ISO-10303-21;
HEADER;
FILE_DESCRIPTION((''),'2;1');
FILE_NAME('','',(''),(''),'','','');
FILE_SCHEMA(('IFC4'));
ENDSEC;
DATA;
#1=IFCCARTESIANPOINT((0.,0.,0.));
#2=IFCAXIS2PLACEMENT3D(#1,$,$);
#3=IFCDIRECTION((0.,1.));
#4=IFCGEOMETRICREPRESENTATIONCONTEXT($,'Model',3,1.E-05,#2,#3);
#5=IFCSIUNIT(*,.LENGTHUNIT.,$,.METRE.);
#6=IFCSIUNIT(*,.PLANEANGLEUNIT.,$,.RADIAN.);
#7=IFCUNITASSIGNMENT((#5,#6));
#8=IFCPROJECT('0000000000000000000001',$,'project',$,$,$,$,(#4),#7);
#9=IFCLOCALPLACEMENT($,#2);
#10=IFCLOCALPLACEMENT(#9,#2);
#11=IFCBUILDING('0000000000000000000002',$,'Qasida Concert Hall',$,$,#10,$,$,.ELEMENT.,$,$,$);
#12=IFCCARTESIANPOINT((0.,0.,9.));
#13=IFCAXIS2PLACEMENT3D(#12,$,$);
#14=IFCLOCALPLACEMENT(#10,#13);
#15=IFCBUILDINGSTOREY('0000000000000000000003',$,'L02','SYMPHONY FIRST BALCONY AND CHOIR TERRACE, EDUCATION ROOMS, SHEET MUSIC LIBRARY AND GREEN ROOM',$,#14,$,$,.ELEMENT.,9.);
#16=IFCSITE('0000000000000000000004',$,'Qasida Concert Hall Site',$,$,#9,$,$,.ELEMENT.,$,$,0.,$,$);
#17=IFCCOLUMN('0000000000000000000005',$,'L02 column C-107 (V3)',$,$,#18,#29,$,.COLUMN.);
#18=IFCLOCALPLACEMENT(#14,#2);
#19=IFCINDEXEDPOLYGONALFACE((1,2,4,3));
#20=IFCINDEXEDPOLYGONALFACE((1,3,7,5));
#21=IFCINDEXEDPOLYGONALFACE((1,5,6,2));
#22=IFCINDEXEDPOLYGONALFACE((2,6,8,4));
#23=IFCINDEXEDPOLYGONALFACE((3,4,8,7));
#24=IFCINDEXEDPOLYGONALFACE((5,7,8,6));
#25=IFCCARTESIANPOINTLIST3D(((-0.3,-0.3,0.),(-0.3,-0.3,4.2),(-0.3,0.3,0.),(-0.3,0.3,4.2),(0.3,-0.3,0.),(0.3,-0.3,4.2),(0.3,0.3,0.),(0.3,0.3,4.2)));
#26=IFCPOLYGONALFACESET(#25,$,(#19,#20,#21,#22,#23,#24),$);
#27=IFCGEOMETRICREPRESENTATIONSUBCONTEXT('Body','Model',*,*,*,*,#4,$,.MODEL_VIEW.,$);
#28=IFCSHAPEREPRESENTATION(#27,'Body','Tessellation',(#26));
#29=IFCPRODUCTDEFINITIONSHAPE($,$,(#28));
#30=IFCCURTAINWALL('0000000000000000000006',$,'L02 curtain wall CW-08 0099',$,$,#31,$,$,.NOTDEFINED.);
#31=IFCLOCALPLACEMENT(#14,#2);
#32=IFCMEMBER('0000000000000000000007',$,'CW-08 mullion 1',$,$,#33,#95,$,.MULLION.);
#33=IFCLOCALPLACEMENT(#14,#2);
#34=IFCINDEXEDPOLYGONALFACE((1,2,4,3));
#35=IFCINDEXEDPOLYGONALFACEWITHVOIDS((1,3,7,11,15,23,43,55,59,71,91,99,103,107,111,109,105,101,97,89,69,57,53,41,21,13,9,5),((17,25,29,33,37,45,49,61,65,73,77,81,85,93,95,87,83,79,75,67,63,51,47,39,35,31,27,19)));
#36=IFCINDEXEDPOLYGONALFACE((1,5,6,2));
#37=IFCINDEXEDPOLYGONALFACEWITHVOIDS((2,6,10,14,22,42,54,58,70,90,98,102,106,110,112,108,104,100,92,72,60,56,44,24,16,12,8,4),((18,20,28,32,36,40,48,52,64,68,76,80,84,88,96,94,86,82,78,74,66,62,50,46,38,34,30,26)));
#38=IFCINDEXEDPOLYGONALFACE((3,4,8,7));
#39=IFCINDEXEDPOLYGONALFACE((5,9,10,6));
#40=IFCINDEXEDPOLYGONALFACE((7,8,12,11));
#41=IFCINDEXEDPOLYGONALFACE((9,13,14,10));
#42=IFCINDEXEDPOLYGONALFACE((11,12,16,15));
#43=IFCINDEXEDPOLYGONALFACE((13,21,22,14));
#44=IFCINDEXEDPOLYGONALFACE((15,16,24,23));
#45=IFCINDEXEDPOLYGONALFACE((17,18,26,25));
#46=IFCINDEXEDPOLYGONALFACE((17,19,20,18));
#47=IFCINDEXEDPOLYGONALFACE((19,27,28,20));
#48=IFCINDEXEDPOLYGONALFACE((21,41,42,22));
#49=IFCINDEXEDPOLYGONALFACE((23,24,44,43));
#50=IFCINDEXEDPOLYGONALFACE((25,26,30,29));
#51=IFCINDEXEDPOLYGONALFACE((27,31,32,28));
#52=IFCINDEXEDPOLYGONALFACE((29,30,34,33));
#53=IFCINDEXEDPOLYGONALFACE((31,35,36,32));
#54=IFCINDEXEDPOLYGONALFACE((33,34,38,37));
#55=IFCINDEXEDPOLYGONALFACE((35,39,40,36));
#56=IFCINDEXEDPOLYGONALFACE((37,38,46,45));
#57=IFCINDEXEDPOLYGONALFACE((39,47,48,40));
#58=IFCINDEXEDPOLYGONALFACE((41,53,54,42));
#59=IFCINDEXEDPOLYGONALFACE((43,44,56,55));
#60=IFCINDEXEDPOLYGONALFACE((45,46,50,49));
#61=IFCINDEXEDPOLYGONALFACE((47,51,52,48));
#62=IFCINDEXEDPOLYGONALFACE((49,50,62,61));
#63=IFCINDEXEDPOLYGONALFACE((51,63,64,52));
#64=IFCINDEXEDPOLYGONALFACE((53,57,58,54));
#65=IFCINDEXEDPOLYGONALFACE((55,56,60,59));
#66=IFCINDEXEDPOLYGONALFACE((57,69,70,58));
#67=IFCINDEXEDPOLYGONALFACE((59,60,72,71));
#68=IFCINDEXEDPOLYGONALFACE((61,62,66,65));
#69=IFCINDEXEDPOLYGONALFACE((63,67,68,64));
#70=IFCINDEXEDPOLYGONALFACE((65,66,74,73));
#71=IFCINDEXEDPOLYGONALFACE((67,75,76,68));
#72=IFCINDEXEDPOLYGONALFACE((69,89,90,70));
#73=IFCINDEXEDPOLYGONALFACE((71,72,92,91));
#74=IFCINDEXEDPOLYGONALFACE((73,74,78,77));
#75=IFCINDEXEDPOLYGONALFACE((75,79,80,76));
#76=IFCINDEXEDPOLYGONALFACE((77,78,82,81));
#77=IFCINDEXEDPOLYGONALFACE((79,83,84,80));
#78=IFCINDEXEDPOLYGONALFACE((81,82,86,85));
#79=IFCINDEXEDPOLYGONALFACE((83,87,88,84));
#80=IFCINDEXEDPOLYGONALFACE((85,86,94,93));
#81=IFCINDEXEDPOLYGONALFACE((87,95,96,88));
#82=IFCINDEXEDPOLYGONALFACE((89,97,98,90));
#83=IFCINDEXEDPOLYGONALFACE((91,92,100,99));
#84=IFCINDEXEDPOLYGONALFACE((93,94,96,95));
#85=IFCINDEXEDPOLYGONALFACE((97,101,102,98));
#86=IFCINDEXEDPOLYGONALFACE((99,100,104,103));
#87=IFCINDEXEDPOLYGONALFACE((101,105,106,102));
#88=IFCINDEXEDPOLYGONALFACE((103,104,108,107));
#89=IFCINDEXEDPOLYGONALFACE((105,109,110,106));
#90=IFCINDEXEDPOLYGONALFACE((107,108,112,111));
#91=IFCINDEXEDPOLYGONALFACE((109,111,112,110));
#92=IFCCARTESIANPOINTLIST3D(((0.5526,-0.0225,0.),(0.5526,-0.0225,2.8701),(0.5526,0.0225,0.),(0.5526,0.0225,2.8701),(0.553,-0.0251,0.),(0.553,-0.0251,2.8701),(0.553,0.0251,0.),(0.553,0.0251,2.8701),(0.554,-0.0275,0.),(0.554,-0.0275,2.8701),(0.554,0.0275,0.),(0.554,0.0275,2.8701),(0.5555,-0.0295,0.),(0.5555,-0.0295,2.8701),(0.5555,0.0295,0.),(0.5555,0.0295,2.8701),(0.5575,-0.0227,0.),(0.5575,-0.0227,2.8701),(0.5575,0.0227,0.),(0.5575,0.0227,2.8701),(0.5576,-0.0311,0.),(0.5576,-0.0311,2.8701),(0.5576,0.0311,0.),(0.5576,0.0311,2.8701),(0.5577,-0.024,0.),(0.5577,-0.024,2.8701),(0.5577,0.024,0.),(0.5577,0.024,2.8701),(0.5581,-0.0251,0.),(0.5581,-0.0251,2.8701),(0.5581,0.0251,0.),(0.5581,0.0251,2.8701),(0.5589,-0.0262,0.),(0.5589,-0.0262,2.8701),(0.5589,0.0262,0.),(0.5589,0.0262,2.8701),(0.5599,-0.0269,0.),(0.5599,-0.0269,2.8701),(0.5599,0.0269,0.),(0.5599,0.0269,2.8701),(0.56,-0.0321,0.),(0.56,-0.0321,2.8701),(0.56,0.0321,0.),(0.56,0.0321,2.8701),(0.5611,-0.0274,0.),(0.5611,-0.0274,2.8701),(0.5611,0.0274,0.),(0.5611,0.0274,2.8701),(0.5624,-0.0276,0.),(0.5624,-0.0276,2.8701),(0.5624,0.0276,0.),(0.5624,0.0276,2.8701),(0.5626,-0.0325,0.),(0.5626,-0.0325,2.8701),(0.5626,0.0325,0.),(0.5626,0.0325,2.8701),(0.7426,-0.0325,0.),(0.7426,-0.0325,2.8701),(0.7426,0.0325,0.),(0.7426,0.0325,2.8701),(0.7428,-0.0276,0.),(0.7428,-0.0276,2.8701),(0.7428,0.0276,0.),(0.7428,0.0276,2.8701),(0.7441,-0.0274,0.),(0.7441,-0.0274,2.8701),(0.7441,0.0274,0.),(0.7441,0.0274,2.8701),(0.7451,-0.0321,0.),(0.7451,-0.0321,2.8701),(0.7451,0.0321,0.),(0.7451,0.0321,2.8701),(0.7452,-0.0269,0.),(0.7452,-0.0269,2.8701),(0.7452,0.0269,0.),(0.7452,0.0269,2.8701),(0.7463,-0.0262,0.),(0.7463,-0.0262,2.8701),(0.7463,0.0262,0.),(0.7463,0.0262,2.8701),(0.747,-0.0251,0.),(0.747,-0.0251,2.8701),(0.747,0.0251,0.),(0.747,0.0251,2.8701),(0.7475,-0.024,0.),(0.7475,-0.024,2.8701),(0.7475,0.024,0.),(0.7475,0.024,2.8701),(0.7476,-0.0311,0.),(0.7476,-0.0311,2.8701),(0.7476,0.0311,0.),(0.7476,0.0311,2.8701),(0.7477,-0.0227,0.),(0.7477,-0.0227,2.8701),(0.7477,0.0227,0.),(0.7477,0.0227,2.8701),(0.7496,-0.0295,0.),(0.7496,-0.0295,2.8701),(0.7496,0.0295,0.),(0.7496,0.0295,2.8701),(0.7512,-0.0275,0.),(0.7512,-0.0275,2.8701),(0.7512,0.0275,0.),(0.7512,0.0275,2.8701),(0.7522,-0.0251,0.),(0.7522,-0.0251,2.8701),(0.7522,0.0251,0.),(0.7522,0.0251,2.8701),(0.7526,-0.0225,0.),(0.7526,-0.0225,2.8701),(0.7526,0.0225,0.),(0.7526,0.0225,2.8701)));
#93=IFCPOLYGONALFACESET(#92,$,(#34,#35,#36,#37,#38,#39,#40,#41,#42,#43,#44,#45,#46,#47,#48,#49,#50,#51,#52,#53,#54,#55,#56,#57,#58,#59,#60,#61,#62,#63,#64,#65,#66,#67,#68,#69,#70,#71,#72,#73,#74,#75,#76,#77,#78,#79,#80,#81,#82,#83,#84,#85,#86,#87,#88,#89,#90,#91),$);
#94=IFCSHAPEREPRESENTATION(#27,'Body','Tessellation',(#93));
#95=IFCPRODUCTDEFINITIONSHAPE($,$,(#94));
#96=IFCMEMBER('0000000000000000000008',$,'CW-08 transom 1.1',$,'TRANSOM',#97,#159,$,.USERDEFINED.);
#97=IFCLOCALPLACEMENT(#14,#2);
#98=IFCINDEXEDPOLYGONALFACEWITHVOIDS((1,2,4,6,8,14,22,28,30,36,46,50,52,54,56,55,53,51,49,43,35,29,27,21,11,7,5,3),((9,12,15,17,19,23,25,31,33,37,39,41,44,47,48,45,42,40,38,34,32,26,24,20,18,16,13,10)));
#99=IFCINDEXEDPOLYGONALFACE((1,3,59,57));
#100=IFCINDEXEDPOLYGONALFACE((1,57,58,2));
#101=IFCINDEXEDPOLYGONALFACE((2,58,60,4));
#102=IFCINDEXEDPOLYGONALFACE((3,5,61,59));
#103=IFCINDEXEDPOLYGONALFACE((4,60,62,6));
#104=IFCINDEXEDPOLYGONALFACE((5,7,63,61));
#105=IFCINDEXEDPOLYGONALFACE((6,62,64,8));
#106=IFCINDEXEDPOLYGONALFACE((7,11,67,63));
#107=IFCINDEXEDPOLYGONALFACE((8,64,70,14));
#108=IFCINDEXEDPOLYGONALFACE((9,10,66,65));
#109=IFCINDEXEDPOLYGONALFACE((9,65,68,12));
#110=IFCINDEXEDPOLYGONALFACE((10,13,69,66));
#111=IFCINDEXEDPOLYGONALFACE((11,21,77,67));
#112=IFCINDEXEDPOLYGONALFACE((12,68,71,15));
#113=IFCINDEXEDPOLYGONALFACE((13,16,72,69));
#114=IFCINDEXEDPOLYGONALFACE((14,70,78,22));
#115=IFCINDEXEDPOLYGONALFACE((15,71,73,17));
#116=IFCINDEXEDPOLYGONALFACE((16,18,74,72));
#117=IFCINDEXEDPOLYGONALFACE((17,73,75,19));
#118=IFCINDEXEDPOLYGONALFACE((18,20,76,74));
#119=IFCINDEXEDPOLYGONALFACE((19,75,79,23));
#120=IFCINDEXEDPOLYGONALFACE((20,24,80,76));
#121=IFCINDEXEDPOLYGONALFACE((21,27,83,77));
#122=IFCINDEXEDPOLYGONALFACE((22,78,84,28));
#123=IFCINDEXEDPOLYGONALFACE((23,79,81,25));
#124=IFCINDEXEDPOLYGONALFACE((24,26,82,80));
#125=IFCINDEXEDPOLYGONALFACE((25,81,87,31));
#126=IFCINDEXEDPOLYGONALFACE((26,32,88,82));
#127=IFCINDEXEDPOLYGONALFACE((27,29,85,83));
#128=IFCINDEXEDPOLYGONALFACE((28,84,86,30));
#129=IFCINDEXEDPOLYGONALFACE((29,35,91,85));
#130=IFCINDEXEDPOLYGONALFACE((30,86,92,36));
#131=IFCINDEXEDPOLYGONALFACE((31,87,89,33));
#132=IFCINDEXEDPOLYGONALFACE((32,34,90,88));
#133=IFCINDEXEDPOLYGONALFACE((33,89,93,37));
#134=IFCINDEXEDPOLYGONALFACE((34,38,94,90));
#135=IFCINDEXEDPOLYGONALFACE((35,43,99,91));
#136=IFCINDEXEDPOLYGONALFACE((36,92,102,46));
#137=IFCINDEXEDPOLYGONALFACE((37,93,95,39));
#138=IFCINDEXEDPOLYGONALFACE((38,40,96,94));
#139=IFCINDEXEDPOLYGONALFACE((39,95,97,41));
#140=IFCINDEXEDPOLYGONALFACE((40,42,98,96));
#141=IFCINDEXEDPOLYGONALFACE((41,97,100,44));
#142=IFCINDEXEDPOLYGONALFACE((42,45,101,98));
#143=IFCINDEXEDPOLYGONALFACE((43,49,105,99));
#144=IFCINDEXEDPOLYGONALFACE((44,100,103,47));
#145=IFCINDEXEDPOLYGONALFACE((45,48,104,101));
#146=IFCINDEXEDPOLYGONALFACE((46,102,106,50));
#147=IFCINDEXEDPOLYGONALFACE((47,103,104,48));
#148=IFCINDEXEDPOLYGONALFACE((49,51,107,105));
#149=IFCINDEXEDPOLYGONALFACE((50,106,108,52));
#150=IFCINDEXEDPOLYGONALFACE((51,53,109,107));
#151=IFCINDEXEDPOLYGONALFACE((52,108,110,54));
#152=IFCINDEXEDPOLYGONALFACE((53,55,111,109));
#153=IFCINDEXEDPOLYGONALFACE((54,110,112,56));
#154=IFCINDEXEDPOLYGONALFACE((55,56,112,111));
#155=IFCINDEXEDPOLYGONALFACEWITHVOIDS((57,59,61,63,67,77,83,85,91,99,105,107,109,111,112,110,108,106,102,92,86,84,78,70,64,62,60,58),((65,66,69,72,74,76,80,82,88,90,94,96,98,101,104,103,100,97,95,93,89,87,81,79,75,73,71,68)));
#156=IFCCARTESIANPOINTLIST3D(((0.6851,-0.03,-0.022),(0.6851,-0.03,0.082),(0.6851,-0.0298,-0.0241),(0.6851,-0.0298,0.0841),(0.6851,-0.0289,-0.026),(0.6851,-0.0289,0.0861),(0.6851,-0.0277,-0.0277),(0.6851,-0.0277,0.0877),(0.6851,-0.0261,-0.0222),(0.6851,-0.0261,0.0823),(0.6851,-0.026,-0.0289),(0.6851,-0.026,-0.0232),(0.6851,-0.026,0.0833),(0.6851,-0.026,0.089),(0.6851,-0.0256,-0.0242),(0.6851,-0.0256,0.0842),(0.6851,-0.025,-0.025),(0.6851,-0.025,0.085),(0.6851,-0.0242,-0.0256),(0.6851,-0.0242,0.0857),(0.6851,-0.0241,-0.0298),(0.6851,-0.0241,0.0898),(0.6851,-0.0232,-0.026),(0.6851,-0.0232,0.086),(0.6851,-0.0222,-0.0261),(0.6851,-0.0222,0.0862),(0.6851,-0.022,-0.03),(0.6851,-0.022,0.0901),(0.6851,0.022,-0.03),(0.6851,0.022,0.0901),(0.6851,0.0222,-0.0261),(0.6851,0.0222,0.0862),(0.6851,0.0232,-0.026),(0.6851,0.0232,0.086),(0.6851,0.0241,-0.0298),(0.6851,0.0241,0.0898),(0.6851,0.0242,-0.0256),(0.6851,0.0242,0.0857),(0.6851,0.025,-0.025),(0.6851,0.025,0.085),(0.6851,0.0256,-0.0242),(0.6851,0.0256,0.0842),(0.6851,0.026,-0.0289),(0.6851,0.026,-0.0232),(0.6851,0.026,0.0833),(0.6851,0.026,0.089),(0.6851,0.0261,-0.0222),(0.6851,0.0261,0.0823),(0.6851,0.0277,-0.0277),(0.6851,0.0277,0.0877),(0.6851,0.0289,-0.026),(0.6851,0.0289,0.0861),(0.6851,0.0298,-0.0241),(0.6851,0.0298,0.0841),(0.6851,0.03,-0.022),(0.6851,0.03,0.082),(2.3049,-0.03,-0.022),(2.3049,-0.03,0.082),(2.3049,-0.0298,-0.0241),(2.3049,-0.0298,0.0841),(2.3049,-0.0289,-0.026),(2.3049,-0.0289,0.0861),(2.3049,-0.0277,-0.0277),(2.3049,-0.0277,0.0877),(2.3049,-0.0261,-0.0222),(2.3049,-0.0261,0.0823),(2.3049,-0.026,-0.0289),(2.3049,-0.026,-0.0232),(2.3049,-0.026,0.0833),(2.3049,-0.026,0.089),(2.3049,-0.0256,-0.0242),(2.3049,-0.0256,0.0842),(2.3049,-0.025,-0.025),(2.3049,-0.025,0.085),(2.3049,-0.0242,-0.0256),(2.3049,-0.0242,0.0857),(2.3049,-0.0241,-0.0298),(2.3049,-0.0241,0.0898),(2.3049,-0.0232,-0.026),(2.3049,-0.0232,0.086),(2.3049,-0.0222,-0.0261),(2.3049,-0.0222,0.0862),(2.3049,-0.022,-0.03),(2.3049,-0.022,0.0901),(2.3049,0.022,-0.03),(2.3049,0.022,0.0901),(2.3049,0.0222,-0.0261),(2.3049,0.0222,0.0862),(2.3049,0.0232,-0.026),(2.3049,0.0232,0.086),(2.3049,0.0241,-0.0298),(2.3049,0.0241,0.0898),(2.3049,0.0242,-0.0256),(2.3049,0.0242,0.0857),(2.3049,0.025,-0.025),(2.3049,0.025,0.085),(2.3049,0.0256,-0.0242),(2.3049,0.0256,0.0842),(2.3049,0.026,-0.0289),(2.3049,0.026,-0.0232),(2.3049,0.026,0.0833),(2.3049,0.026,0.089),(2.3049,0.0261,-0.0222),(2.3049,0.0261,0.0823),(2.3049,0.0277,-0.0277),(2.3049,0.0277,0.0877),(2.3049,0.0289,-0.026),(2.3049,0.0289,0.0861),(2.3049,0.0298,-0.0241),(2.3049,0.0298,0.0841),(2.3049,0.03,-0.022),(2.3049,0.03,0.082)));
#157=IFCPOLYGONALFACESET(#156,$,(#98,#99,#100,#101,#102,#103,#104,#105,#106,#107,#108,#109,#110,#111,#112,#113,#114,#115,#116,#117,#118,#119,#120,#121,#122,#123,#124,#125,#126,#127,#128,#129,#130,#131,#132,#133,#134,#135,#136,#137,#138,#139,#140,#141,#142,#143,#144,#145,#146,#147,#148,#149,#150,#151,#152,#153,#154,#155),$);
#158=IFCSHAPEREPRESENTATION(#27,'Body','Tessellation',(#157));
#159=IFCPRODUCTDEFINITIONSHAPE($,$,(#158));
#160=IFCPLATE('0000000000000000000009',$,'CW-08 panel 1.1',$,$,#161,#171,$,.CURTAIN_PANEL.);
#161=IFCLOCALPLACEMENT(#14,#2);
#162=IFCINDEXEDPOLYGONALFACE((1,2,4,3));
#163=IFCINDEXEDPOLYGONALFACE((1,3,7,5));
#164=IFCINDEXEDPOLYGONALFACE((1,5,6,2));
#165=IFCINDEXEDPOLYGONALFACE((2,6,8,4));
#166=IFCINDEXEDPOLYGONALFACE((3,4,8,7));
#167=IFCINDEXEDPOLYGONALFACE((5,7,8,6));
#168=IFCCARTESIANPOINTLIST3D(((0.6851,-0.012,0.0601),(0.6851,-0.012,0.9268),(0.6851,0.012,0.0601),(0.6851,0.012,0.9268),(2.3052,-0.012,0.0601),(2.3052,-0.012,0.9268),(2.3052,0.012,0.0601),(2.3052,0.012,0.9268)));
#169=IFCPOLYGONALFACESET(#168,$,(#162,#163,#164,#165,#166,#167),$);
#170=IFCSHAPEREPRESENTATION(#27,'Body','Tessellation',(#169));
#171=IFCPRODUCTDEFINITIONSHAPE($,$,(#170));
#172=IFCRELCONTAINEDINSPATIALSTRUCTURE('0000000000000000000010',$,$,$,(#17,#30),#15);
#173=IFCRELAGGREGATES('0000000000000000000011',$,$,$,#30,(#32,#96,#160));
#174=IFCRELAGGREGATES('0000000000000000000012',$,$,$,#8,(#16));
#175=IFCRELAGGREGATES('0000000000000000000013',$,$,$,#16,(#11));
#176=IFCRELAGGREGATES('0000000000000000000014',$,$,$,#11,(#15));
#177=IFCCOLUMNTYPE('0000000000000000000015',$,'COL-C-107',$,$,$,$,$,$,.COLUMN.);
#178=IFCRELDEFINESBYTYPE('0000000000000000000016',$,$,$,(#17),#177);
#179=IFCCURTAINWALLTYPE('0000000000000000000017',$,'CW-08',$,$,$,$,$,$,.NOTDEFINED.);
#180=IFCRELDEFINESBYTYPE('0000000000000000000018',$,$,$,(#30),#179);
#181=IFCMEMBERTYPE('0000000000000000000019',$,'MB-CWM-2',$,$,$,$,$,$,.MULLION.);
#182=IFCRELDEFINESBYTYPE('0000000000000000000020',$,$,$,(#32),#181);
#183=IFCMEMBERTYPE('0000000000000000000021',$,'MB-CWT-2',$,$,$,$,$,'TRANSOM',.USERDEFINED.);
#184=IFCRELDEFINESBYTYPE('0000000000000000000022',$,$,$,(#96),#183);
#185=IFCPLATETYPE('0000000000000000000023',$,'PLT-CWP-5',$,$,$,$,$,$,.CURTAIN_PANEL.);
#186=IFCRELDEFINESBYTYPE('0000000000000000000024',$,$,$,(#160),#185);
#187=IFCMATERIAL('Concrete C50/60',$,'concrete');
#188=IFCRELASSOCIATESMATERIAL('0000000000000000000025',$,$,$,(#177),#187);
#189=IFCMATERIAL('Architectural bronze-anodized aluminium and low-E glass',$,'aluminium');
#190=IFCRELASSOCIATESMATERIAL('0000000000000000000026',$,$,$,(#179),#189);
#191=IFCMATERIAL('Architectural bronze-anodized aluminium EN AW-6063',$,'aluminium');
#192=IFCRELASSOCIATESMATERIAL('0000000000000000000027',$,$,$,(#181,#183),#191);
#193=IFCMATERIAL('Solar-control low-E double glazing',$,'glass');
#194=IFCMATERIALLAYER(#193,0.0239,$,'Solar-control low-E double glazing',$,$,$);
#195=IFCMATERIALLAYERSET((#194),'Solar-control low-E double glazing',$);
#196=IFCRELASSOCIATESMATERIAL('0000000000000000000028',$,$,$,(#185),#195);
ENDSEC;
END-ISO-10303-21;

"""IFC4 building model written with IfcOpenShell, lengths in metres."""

from ifc_helpers import new_model, si_unit, direction, frame, origin, origin_with_axes, origin_2d, place, context, subcontext, project, spatial, rectangle, hollow_rectangle, extrude, material, layer, layer_set, material_profile, profile_set, type_object, element, aggregate, save


model = new_model("IFC4")

# Units and contexts
model_context = context("Model", 3, precision=1e-05, world=origin(), true_north=direction((0.0, 1.0)))
body_context = subcontext(model_context, "Body", "Model", "MODEL_VIEW")
ifc_project = project(units=[si_unit("LENGTHUNIT", "METRE"), si_unit("PLANEANGLEUNIT", "RADIAN")], contexts=[model_context])

# Site, building, storey
site_placement = place(None, origin())
site = spatial("IfcSite", under=ifc_project, at=site_placement, Name="Qasida Concert Hall Site", CompositionType="ELEMENT", RefElevation=0.0)
building_placement = place(site_placement, origin())
building = spatial("IfcBuilding", under=site, at=building_placement, Name="Qasida Concert Hall", CompositionType="ELEMENT")
storey_placement = place(building_placement, frame((0.0, 0.0, 9.0)))
storey = spatial("IfcBuildingStorey", under=building, at=storey_placement, Name="L02", Description="SYMPHONY FIRST BALCONY AND CHOIR TERRACE, EDUCATION ROOMS, SHEET MUSIC LIBRARY AND GREEN ROOM", CompositionType="ELEMENT", Elevation=9.0)

# Column
ifc_material_1 = material(Name="Concrete C50/60", Category="concrete")
ifc_material_profile_1 = material_profile(ifc_material_1, rectangle(XDim=0.6001, YDim=0.6001, at=origin_2d()), Name="RC 600x600")
ifc_profile_set_1 = profile_set([ifc_material_profile_1], Name="Concrete C50/60")
column_type = type_object("IfcColumnType", Name="COL-C-107", PredefinedType="COLUMN", material=ifc_profile_set_1)
column_placement = place(storey_placement, origin_with_axes())
element("IfcColumn", 1, at=column_placement, inside=storey, type_object=column_type, Name="L02 column C-107 (V3)", PredefinedType="COLUMN", context=body_context, shape_type="SweptSolid", body=[
    extrude(rectangle(XDim=0.6001, YDim=0.6001, at=origin_2d()), origin(), (0.0, 0.0, 1.0), 4.2),
])

# Curtain wall, members, plate
ifc_material_2 = material(Name="Architectural bronze-anodized aluminium and low-E glass", Category="aluminium")
curtain_wall_type = type_object("IfcCurtainWallType", Name="CW-08", PredefinedType="NOTDEFINED", material=ifc_material_2)
curtain_wall_placement = place(storey_placement, origin())
curtain_wall = element("IfcCurtainWall", 2, at=curtain_wall_placement, inside=storey, type_object=curtain_wall_type, Name="L02 curtain wall CW-08 0099", PredefinedType="NOTDEFINED")
ifc_material_3 = material(Name="Architectural bronze-anodized aluminium EN AW-6063", Category="aluminium")
ifc_material_profile_2 = material_profile(ifc_material_3, hollow_rectangle(XDim=0.0649, YDim=0.2, WallThickness=0.0049, InnerFilletRadius=0.0049, OuterFilletRadius=0.01, at=origin_2d()), Name="CWM 200x65x5")
ifc_profile_set_2 = profile_set([ifc_material_profile_2], Name="Architectural bronze-anodized aluminium EN AW-6063")
member_type_1 = type_object("IfcMemberType", Name="MB-CWM-2", PredefinedType="MULLION", material=ifc_profile_set_2)
member_1_placement = place(storey_placement, frame((0.6526, 0.0, 0.0), z_axis=(0.0, 0.0, 1.0), x_axis=(0.0, 1.0, 0.0)))
member_1 = element("IfcMember", 3, at=member_1_placement, type_object=member_type_1, Name="CW-08 mullion 1", PredefinedType="MULLION", context=body_context, shape_type="SweptSolid", body=[
    extrude(hollow_rectangle(XDim=0.0649, YDim=0.2, WallThickness=0.0049, InnerFilletRadius=0.0049, OuterFilletRadius=0.01, at=origin_2d()), origin(), (0.0, 0.0, 1.0), 2.8701),
])
ifc_material_profile_3 = material_profile(ifc_material_3, hollow_rectangle(XDim=0.0601, YDim=0.1201, WallThickness=0.0039, InnerFilletRadius=0.0039, OuterFilletRadius=0.0081, at=origin_2d()), Name="CWT 120x60x4")
ifc_profile_set_3 = profile_set([ifc_material_profile_3], Name="Architectural bronze-anodized aluminium EN AW-6063")
member_type_2 = type_object("IfcMemberType", Name="MB-CWT-2", ElementType="TRANSOM", PredefinedType="USERDEFINED", material=ifc_profile_set_3)
member_2_placement = place(storey_placement, frame((0.6851, 0.0, 0.03), z_axis=(1.0, 0.0, 0.0), x_axis=(0.0, 1.0, 0.0)))
member_2 = element("IfcMember", 4, at=member_2_placement, type_object=member_type_2, Name="CW-08 transom 1.1", ObjectType="TRANSOM", PredefinedType="USERDEFINED", context=body_context, shape_type="SweptSolid", body=[
    extrude(hollow_rectangle(XDim=0.0601, YDim=0.1201, WallThickness=0.0039, InnerFilletRadius=0.0039, OuterFilletRadius=0.0081, at=origin_2d()), origin(), (0.0, 0.0, 1.0), 1.6199),
])
ifc_material_4 = material(Name="Solar-control low-E double glazing", Category="glass")
ifc_layer_1 = layer(ifc_material_4, 0.0239, Name="Solar-control low-E double glazing")
ifc_layer_set_1 = layer_set([ifc_layer_1], Name="Solar-control low-E double glazing")
plate_type = type_object("IfcPlateType", Name="PLT-CWP-5", PredefinedType="CURTAIN_PANEL", material=ifc_layer_set_1)
plate_placement = place(storey_placement, frame((1.4951, 0.0, 0.0601), z_axis=(0.0, 0.0, 1.0), x_axis=(1.0, 0.0, 0.0)))
plate = element("IfcPlate", 5, at=plate_placement, type_object=plate_type, Name="CW-08 panel 1.1", PredefinedType="CURTAIN_PANEL", context=body_context, shape_type="SweptSolid", body=[
    extrude(rectangle(XDim=1.6201, YDim=0.0239, at=origin_2d()), origin(), (0.0, 0.0, 1.0), 0.8667),
])
aggregate(curtain_wall, [member_1, member_2, plate])

save(model, "model.ifc")
